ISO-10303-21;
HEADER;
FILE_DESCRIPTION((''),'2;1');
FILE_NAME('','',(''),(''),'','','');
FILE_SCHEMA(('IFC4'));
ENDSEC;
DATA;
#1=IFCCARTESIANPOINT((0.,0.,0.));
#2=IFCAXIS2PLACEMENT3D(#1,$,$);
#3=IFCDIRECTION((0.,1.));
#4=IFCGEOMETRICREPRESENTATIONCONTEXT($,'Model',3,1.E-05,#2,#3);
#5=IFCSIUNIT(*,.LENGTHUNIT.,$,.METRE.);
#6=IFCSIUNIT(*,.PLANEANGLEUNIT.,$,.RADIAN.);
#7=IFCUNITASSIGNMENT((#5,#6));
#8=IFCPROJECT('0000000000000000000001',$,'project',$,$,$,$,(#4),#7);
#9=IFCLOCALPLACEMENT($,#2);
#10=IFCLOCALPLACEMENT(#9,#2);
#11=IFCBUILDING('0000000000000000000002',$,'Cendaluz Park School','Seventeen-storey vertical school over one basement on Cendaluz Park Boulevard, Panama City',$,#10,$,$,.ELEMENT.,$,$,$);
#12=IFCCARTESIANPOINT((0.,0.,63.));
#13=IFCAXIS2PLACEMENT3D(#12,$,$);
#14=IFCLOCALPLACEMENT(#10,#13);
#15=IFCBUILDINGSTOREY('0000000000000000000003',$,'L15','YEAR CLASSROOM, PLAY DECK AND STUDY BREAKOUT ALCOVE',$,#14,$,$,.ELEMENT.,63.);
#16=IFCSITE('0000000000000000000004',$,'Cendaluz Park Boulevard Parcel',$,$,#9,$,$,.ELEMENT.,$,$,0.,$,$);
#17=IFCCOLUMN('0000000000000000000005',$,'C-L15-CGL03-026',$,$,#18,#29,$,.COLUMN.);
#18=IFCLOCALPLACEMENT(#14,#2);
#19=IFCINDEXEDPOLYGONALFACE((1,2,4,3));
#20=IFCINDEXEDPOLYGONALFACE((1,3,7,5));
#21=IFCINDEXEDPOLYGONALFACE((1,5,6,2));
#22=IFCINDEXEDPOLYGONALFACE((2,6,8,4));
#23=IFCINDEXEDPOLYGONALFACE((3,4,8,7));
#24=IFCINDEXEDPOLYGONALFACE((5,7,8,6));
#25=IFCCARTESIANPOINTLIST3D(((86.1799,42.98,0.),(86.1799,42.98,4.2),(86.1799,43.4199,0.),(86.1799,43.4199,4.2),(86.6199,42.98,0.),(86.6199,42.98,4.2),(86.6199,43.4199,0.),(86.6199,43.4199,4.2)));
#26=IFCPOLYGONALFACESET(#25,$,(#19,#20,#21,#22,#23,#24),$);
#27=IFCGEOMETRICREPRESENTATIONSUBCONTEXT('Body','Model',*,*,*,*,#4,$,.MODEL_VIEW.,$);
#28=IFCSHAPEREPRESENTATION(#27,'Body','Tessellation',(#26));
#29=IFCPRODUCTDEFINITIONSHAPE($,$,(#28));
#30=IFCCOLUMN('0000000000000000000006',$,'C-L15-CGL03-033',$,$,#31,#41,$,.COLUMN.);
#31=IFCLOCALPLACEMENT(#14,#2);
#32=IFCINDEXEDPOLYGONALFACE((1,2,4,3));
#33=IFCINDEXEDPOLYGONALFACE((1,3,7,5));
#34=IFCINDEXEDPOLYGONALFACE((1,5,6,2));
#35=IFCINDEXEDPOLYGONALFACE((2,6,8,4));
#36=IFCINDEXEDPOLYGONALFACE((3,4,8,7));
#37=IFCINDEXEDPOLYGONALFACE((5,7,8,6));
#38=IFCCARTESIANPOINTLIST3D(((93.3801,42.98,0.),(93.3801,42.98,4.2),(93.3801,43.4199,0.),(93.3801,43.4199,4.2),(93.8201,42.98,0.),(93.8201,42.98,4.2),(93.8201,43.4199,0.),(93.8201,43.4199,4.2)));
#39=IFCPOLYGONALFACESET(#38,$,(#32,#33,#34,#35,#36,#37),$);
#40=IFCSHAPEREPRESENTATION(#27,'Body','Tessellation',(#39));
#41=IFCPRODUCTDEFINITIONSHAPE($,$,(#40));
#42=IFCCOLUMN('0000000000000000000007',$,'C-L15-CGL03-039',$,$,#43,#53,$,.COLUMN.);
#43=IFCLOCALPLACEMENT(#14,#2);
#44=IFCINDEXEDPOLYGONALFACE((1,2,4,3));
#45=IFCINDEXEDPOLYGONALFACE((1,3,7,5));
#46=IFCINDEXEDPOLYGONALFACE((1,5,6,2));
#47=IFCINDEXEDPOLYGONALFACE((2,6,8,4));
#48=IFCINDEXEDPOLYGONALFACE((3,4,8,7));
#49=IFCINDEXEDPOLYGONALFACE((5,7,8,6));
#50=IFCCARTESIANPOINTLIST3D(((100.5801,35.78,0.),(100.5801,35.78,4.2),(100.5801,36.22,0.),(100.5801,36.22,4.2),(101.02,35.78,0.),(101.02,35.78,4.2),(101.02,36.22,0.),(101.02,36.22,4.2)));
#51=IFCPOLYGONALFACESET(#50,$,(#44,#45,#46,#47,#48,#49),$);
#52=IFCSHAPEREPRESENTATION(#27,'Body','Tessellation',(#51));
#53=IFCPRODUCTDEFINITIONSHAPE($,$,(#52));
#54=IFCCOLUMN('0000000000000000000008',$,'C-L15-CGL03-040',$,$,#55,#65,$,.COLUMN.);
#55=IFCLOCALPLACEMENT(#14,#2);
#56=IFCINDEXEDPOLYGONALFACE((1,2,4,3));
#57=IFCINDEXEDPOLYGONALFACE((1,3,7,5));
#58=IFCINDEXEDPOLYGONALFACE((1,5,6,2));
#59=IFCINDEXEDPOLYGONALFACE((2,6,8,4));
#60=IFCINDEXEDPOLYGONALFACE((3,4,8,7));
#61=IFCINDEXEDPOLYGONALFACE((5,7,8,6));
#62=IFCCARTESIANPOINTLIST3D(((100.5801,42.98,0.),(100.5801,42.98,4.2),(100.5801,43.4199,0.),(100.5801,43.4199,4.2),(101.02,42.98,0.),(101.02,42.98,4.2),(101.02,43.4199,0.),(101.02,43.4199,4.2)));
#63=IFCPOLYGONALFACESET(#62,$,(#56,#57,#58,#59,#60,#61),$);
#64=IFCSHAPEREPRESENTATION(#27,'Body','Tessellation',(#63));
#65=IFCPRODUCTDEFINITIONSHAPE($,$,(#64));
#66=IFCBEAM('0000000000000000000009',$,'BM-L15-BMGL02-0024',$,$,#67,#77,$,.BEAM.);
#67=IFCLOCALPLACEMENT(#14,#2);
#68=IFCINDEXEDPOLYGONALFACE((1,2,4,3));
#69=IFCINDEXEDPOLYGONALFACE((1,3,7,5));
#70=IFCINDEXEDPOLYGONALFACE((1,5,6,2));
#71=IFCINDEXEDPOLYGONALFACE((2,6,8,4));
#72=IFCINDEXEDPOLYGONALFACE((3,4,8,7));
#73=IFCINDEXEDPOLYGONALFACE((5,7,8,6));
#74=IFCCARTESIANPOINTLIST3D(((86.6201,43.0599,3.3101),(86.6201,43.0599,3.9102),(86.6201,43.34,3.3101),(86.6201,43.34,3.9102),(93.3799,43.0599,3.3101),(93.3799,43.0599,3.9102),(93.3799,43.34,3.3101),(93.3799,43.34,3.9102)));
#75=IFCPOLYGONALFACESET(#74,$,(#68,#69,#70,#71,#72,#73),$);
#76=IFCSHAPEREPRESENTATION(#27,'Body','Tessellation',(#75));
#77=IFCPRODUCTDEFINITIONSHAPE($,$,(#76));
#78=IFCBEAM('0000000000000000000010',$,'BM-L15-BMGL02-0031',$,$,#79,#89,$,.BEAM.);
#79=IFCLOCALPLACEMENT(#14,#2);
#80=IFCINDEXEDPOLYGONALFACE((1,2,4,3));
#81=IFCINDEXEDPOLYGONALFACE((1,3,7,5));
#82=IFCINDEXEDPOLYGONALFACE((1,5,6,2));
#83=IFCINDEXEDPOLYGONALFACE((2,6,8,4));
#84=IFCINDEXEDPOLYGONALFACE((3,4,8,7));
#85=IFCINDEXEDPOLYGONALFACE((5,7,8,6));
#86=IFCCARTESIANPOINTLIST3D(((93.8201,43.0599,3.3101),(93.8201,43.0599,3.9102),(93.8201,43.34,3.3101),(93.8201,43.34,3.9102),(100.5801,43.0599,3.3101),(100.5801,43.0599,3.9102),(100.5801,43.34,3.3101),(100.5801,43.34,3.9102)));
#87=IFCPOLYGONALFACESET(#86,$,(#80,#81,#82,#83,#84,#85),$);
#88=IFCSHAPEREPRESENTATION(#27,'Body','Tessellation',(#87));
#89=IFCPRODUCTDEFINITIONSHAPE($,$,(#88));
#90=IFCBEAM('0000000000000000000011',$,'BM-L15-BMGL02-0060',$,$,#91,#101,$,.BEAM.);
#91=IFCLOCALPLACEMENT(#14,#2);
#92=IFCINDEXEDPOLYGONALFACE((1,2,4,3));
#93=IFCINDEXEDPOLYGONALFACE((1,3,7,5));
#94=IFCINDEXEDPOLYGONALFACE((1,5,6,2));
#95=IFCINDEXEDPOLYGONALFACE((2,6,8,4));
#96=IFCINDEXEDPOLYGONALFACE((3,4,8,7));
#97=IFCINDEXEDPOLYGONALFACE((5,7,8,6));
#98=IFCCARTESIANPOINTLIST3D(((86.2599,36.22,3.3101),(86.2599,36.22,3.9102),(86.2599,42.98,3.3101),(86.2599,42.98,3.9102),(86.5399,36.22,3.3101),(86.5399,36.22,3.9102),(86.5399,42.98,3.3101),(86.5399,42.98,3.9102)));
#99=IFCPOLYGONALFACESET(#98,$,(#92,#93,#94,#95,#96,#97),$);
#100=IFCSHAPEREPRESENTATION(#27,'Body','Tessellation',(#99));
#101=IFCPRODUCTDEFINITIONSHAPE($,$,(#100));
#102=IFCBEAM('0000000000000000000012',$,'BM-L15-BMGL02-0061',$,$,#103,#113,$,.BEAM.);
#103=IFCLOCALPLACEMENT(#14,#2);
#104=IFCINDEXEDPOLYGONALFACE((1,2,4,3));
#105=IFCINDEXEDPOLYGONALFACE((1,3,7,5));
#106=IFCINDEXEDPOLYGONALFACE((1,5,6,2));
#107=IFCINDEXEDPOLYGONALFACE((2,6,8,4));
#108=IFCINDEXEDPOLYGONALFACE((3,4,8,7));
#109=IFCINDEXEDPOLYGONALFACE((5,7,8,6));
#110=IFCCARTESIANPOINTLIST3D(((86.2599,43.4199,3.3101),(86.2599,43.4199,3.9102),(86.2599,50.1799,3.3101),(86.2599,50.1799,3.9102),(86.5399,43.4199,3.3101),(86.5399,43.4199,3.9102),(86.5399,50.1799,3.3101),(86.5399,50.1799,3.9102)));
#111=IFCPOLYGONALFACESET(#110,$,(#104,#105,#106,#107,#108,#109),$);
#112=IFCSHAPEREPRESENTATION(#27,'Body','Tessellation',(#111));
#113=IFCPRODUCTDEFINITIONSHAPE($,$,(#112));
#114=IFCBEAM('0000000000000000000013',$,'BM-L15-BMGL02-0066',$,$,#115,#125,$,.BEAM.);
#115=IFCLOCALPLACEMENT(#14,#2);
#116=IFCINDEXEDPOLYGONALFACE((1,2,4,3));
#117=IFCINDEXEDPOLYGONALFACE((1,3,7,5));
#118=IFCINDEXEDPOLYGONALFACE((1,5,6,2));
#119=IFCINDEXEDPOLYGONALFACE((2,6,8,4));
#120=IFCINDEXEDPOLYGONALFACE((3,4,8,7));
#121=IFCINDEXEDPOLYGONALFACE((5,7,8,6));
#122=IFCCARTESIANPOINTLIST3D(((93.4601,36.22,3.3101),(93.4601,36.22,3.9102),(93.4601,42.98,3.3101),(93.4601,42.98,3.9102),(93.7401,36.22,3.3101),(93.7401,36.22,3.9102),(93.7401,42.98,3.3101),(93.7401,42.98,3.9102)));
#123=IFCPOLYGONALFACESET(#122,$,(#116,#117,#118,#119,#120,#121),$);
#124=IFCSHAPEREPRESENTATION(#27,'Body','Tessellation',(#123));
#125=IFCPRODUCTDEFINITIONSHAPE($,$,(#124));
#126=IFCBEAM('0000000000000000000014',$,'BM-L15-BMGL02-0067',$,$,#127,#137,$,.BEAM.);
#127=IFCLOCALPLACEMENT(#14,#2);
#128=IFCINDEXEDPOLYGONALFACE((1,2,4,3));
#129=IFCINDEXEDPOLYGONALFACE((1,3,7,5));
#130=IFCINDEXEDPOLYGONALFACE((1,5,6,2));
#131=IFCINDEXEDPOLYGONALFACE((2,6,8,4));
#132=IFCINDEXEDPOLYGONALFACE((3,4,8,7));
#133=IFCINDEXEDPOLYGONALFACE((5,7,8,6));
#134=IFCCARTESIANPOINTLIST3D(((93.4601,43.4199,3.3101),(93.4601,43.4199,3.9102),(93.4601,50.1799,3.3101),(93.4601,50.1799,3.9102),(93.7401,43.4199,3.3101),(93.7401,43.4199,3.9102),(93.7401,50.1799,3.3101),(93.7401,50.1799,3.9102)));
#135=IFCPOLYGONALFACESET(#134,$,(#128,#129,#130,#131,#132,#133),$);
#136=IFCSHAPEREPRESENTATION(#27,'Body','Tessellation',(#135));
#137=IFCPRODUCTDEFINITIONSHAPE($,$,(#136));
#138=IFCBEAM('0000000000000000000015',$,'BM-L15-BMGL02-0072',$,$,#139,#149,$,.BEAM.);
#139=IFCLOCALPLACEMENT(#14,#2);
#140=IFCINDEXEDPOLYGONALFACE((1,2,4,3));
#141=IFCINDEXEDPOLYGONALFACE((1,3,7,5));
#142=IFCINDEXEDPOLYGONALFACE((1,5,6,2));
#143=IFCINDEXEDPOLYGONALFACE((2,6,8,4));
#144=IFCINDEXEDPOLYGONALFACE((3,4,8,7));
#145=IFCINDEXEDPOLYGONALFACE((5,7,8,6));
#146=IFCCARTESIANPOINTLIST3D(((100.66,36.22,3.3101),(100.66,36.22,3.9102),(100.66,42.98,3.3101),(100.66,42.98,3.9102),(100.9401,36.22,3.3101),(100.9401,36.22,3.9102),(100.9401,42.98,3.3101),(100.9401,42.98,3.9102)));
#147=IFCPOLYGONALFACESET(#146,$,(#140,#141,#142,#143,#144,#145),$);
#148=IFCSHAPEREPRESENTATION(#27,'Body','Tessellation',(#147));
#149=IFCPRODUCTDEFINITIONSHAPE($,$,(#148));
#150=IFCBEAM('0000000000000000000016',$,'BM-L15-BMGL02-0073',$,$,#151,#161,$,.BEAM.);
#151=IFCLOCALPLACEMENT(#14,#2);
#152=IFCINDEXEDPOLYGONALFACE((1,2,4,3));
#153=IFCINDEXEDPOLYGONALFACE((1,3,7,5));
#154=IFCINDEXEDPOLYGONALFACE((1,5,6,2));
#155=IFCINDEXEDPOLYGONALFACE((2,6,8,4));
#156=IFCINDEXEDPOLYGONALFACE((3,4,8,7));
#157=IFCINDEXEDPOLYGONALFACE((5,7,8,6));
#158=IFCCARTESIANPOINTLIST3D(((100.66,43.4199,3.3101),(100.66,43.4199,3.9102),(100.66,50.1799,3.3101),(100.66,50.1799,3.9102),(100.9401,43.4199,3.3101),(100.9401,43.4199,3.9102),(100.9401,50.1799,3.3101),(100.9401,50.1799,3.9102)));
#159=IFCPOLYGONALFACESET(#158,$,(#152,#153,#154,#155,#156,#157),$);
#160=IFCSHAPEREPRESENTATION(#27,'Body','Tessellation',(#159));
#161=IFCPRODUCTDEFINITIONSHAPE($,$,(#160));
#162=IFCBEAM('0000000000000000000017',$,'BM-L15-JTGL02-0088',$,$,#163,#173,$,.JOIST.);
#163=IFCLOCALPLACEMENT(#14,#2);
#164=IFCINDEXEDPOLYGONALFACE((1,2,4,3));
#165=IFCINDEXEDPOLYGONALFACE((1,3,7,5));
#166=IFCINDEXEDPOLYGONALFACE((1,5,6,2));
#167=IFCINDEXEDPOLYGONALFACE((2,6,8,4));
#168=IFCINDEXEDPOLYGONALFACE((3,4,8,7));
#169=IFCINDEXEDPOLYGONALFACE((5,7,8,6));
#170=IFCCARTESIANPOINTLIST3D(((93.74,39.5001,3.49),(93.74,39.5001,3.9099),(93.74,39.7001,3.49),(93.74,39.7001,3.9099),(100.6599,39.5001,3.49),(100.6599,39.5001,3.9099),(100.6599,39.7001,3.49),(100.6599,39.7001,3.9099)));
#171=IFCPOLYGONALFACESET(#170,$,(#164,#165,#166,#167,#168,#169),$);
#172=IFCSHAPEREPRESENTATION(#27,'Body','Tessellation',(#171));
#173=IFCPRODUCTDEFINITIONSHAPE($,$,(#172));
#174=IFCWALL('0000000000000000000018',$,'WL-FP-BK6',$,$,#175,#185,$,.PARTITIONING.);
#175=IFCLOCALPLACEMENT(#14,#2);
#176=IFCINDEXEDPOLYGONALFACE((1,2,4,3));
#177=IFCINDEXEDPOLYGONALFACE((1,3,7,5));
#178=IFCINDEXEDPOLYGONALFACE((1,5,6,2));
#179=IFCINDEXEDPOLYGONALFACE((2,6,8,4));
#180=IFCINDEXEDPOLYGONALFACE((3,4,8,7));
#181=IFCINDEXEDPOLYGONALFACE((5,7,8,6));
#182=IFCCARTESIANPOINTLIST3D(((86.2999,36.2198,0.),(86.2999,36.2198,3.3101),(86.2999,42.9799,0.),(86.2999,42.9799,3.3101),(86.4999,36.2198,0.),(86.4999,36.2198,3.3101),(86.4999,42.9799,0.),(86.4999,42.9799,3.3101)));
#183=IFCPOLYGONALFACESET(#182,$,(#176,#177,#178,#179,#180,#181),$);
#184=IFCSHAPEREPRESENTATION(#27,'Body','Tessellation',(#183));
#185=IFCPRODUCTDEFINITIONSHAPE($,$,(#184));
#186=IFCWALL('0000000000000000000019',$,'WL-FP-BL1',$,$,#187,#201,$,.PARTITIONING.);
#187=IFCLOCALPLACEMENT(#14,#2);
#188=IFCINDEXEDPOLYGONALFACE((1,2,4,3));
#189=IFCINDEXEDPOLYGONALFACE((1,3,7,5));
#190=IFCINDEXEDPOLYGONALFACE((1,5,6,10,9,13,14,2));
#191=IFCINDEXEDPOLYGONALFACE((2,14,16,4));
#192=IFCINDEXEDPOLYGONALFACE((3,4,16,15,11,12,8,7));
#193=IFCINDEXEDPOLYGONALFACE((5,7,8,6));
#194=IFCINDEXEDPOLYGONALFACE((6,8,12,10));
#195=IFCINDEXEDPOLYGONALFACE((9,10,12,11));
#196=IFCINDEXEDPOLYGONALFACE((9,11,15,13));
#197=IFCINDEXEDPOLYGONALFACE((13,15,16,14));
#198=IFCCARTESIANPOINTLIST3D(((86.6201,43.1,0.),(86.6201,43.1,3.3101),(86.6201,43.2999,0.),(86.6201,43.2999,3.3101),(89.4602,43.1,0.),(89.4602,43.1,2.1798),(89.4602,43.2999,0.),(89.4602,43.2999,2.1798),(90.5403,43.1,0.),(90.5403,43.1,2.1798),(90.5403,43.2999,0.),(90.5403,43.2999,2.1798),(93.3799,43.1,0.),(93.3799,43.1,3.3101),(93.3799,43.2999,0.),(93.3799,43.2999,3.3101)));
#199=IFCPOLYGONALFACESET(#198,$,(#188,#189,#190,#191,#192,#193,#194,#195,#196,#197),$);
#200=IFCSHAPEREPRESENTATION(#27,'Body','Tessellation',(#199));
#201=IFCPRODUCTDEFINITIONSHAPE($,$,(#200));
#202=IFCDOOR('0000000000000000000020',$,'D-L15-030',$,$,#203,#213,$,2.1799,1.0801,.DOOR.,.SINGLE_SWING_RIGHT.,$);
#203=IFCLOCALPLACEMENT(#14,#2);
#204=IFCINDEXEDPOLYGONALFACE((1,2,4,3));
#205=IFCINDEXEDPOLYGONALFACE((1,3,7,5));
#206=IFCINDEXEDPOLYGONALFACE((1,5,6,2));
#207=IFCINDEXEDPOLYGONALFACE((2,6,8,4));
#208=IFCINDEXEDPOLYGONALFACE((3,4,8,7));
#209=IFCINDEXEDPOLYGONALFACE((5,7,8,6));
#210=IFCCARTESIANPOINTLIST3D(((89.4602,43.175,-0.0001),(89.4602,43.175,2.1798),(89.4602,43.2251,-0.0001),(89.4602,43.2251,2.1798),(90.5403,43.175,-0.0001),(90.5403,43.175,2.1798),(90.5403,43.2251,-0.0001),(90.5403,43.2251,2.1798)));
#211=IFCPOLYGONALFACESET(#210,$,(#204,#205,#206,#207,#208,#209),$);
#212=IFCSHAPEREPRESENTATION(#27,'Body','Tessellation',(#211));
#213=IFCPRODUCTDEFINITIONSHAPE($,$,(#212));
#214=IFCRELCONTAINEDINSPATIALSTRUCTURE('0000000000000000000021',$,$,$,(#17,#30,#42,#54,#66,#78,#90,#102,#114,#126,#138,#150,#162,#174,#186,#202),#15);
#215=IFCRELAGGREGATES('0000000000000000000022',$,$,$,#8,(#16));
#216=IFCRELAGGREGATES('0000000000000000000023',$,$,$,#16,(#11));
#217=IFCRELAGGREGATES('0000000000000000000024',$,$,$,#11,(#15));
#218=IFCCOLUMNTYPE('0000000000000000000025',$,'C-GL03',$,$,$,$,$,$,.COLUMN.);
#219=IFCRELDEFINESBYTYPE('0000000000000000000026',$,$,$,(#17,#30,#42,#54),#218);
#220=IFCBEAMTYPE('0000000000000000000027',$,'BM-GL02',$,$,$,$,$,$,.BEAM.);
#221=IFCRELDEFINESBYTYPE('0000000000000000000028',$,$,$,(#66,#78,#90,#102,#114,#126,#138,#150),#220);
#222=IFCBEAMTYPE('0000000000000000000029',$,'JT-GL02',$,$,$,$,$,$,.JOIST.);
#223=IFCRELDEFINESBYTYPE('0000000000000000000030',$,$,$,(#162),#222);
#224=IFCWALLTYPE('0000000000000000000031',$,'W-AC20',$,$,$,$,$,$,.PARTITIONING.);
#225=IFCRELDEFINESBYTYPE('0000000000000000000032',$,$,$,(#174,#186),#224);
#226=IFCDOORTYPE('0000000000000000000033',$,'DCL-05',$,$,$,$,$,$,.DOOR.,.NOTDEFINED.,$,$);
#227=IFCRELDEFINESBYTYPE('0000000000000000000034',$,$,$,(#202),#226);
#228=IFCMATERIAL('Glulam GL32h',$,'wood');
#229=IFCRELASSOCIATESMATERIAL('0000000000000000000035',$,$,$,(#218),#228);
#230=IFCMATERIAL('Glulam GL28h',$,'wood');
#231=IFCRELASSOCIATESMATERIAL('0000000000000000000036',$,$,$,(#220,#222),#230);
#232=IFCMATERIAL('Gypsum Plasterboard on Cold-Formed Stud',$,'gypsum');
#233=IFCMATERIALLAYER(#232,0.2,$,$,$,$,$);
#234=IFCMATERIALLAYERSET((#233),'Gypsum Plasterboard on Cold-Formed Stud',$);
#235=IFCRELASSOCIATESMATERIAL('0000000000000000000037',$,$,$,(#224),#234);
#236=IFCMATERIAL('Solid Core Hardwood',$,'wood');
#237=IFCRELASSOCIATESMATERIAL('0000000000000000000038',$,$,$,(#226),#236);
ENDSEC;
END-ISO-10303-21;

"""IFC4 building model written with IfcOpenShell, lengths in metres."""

from ifc_helpers import new_model, si_unit, direction, frame, frame_2d, origin, origin_2d, place, context, subcontext, project, spatial, rectangle, extrude, material, layer, layer_set, material_profile, profile_set, type_object, element, fill, save


model = new_model("IFC4")

# Units and contexts
model_context = context("Model", 3, precision=1e-05, world=origin(), true_north=direction((0.0, 1.0)))
body_context = subcontext(model_context, "Body", "Model", "MODEL_VIEW")
ifc_project = project(units=[si_unit("LENGTHUNIT", "METRE"), si_unit("PLANEANGLEUNIT", "RADIAN")], contexts=[model_context])

# Site, building, storey
site_placement = place(None, origin())
site = spatial("IfcSite", under=ifc_project, at=site_placement, Name="Cendaluz Park Boulevard Parcel", CompositionType="ELEMENT", RefElevation=0.0)
building_placement = place(site_placement, origin())
building = spatial("IfcBuilding", under=site, at=building_placement, Name="Cendaluz Park School", Description="Seventeen-storey vertical school over one basement on Cendaluz Park Boulevard, Panama City", CompositionType="ELEMENT")
storey_placement = place(building_placement, frame((0.0, 0.0, 63.0)))
storey = spatial("IfcBuildingStorey", under=building, at=storey_placement, Name="L15", Description="YEAR CLASSROOM, PLAY DECK AND STUDY BREAKOUT ALCOVE", CompositionType="ELEMENT", Elevation=63.0)

# Columns
ifc_material_1 = material(Name="Glulam GL32h", Category="wood")
ifc_material_profile_1 = material_profile(ifc_material_1, rectangle(XDim=0.4399, YDim=0.4399, at=origin_2d()), Name="GL32h 440x440", Category="wood")
ifc_profile_set_1 = profile_set([ifc_material_profile_1], Name="Glulam GL32h")
column_type = type_object("IfcColumnType", Name="C-GL03", PredefinedType="COLUMN", material=ifc_profile_set_1)
for number, where, z_axis, x_axis, name in (
    (1, (86.3999, 43.2, 0.0), (0.0, 0.0, 1.0), (1.0, 0.0, 0.0), "C-L15-CGL03-026"),
    (2, (93.6001, 43.2, 0.0), (0.0, 0.0, 1.0), (1.0, 0.0, 0.0), "C-L15-CGL03-033"),
    (3, (100.8, 36.0, 0.0), (0.0, 0.0, 1.0), (1.0, 0.0, 0.0), "C-L15-CGL03-039"),
    (4, (100.8, 43.2, 0.0), (0.0, 0.0, 1.0), (1.0, 0.0, 0.0), "C-L15-CGL03-040"),
):
    element("IfcColumn", number, at=place(storey_placement, frame(where, z_axis=z_axis, x_axis=x_axis)), inside=storey, type_object=column_type, Name=name, PredefinedType="COLUMN", context=body_context, shape_type="SweptSolid", body=[
        extrude(rectangle(XDim=0.4399, YDim=0.4399, at=origin_2d()), origin(), (0.0, 0.0, 1.0), 4.2),
    ])

# Beams
ifc_material_2 = material(Name="Glulam GL28h", Category="wood")
ifc_material_profile_2 = material_profile(ifc_material_2, rectangle(XDim=0.28, YDim=0.6001, at=origin_2d()), Name="GL28h 280x600", Category="wood")
ifc_profile_set_2 = profile_set([ifc_material_profile_2], Name="Glulam GL28h")
beam_type_1 = type_object("IfcBeamType", Name="BM-GL02", PredefinedType="BEAM", material=ifc_profile_set_2)
beam_1_placement = place(storey_placement, frame((86.6201, 43.2, 3.6101), z_axis=(1.0, 0.0, 0.0), x_axis=(0.0, 1.0, 0.0)))
element("IfcBeam", 5, at=beam_1_placement, inside=storey, type_object=beam_type_1, Name="BM-L15-BMGL02-0024", PredefinedType="BEAM", context=body_context, shape_type="SweptSolid", body=[
    extrude(rectangle(XDim=0.28, YDim=0.6001, at=origin_2d()), origin(), (0.0, 0.0, 1.0), 6.7598),
])
for number, where, z_axis, x_axis, name in (
    (6, (93.8201, 43.2, 3.6101), (1.0, 0.0, 0.0), (0.0, 1.0, 0.0), "BM-L15-BMGL02-0031"),
    (7, (86.3999, 36.22, 3.6101), (0.0, 1.0, 0.0), (-1.0, 0.0, 0.0), "BM-L15-BMGL02-0060"),
    (8, (86.3999, 43.4199, 3.6101), (0.0, 1.0, 0.0), (-1.0, 0.0, 0.0), "BM-L15-BMGL02-0061"),
    (9, (93.6001, 36.22, 3.6101), (0.0, 1.0, 0.0), (-1.0, 0.0, 0.0), "BM-L15-BMGL02-0066"),
    (10, (93.6001, 43.4199, 3.6101), (0.0, 1.0, 0.0), (-1.0, 0.0, 0.0), "BM-L15-BMGL02-0067"),
    (11, (100.8, 36.22, 3.6101), (0.0, 1.0, 0.0), (-1.0, 0.0, 0.0), "BM-L15-BMGL02-0072"),
    (12, (100.8, 43.4199, 3.6101), (0.0, 1.0, 0.0), (-1.0, 0.0, 0.0), "BM-L15-BMGL02-0073"),
):
    element("IfcBeam", number, at=place(storey_placement, frame(where, z_axis=z_axis, x_axis=x_axis)), inside=storey, type_object=beam_type_1, Name=name, PredefinedType="BEAM", context=body_context, shape_type="SweptSolid", body=[
        extrude(rectangle(XDim=0.28, YDim=0.6001, at=origin_2d()), origin(), (0.0, 0.0, 1.0), 6.76),
    ])
ifc_material_profile_3 = material_profile(ifc_material_2, rectangle(XDim=0.2, YDim=0.4199, at=origin_2d()), Name="GL28h 200x420", Category="wood")
ifc_profile_set_3 = profile_set([ifc_material_profile_3], Name="Glulam GL28h")
beam_type_2 = type_object("IfcBeamType", Name="JT-GL02", PredefinedType="JOIST", material=ifc_profile_set_3)
beam_2_placement = place(storey_placement, frame((93.74, 39.6001, 3.7), z_axis=(1.0, 0.0, 0.0), x_axis=(0.0, 1.0, 0.0)))
element("IfcBeam", 13, at=beam_2_placement, inside=storey, type_object=beam_type_2, Name="BM-L15-JTGL02-0088", PredefinedType="JOIST", context=body_context, shape_type="SweptSolid", body=[
    extrude(rectangle(XDim=0.2, YDim=0.4199, at=origin_2d()), origin(), (0.0, 0.0, 1.0), 6.9199),
])

# Wall
ifc_material_3 = material(Name="Gypsum Plasterboard on Cold-Formed Stud", Category="gypsum")
ifc_layer = layer(ifc_material_3, 0.2)
ifc_layer_set = layer_set([ifc_layer], Name="Gypsum Plasterboard on Cold-Formed Stud")
wall_type = type_object("IfcWallType", Name="W-AC20", PredefinedType="PARTITIONING", material=ifc_layer_set)
wall_1_placement = place(storey_placement, frame((86.3999, 36.22, 0.0), z_axis=(0.0, 0.0, 1.0), x_axis=(0.0, 1.0, 0.0)))
element("IfcWall", 14, at=wall_1_placement, inside=storey, type_object=wall_type, Name="WL-FP-BK6", PredefinedType="PARTITIONING", context=body_context, shape_type="SweptSolid", body=[
    extrude(rectangle(XDim=6.76, YDim=0.2, at=frame_2d((3.3799, 0.0))), origin(), (0.0, 0.0, 1.0), 3.3101),
])

# Wall, opening, door
wall_2_placement = place(storey_placement, frame((86.6201, 43.2, 0.0), z_axis=(0.0, 0.0, 1.0), x_axis=(1.0, 0.0, 0.0)))
wall_2 = element("IfcWall", 15, at=wall_2_placement, inside=storey, type_object=wall_type, Name="WL-FP-BL1", PredefinedType="PARTITIONING", context=body_context, shape_type="SweptSolid", body=[
    extrude(rectangle(XDim=6.7598, YDim=0.2, at=frame_2d((3.3799, 0.0))), origin(), (0.0, 0.0, 1.0), 3.3101),
])
opening_placement = place(wall_2_placement, frame((2.8401, 0.0, 0.0)))
opening = element("IfcOpeningElement", 16, at=opening_placement, cuts=wall_2, PredefinedType="OPENING", context=body_context, shape_type="SweptSolid", body=[
    extrude(rectangle(XDim=1.0801, YDim=2.1799, at=frame_2d((0.54, 1.0898))), frame((0.0, 0.1121, 0.0), z_axis=(0.0, -1.0, 0.0), x_axis=(1.0, 0.0, 0.0)), (0.0, 0.0, 1.0), 0.2239),
])
ifc_material_4 = material(Name="Solid Core Hardwood", Category="wood")
door_type = type_object("IfcDoorType", Name="DCL-05", OperationType="NOTDEFINED", PredefinedType="DOOR", material=ifc_material_4)
door_placement = place(opening_placement, frame((1.0801, 0.0, 0.0), z_axis=(0.0, 0.0, 1.0), x_axis=(-1.0, 0.0, 0.0)))
door = element("IfcDoor", 17, at=door_placement, inside=storey, type_object=door_type, Name="D-L15-030", OperationType="SINGLE_SWING_RIGHT", OverallHeight=2.1799, OverallWidth=1.0801, PredefinedType="DOOR", context=body_context, shape_type="SweptSolid", body=[
    extrude(rectangle(XDim=1.0801, YDim=2.1799, at=frame_2d((0.54, 1.0898))), frame((0.0, 0.0249, 0.0), z_axis=(0.0, -1.0, 0.0), x_axis=(1.0, 0.0, 0.0)), (0.0, 0.0, 1.0), 0.05),
])
fill(opening, door)

save(model, "model.ifc")
